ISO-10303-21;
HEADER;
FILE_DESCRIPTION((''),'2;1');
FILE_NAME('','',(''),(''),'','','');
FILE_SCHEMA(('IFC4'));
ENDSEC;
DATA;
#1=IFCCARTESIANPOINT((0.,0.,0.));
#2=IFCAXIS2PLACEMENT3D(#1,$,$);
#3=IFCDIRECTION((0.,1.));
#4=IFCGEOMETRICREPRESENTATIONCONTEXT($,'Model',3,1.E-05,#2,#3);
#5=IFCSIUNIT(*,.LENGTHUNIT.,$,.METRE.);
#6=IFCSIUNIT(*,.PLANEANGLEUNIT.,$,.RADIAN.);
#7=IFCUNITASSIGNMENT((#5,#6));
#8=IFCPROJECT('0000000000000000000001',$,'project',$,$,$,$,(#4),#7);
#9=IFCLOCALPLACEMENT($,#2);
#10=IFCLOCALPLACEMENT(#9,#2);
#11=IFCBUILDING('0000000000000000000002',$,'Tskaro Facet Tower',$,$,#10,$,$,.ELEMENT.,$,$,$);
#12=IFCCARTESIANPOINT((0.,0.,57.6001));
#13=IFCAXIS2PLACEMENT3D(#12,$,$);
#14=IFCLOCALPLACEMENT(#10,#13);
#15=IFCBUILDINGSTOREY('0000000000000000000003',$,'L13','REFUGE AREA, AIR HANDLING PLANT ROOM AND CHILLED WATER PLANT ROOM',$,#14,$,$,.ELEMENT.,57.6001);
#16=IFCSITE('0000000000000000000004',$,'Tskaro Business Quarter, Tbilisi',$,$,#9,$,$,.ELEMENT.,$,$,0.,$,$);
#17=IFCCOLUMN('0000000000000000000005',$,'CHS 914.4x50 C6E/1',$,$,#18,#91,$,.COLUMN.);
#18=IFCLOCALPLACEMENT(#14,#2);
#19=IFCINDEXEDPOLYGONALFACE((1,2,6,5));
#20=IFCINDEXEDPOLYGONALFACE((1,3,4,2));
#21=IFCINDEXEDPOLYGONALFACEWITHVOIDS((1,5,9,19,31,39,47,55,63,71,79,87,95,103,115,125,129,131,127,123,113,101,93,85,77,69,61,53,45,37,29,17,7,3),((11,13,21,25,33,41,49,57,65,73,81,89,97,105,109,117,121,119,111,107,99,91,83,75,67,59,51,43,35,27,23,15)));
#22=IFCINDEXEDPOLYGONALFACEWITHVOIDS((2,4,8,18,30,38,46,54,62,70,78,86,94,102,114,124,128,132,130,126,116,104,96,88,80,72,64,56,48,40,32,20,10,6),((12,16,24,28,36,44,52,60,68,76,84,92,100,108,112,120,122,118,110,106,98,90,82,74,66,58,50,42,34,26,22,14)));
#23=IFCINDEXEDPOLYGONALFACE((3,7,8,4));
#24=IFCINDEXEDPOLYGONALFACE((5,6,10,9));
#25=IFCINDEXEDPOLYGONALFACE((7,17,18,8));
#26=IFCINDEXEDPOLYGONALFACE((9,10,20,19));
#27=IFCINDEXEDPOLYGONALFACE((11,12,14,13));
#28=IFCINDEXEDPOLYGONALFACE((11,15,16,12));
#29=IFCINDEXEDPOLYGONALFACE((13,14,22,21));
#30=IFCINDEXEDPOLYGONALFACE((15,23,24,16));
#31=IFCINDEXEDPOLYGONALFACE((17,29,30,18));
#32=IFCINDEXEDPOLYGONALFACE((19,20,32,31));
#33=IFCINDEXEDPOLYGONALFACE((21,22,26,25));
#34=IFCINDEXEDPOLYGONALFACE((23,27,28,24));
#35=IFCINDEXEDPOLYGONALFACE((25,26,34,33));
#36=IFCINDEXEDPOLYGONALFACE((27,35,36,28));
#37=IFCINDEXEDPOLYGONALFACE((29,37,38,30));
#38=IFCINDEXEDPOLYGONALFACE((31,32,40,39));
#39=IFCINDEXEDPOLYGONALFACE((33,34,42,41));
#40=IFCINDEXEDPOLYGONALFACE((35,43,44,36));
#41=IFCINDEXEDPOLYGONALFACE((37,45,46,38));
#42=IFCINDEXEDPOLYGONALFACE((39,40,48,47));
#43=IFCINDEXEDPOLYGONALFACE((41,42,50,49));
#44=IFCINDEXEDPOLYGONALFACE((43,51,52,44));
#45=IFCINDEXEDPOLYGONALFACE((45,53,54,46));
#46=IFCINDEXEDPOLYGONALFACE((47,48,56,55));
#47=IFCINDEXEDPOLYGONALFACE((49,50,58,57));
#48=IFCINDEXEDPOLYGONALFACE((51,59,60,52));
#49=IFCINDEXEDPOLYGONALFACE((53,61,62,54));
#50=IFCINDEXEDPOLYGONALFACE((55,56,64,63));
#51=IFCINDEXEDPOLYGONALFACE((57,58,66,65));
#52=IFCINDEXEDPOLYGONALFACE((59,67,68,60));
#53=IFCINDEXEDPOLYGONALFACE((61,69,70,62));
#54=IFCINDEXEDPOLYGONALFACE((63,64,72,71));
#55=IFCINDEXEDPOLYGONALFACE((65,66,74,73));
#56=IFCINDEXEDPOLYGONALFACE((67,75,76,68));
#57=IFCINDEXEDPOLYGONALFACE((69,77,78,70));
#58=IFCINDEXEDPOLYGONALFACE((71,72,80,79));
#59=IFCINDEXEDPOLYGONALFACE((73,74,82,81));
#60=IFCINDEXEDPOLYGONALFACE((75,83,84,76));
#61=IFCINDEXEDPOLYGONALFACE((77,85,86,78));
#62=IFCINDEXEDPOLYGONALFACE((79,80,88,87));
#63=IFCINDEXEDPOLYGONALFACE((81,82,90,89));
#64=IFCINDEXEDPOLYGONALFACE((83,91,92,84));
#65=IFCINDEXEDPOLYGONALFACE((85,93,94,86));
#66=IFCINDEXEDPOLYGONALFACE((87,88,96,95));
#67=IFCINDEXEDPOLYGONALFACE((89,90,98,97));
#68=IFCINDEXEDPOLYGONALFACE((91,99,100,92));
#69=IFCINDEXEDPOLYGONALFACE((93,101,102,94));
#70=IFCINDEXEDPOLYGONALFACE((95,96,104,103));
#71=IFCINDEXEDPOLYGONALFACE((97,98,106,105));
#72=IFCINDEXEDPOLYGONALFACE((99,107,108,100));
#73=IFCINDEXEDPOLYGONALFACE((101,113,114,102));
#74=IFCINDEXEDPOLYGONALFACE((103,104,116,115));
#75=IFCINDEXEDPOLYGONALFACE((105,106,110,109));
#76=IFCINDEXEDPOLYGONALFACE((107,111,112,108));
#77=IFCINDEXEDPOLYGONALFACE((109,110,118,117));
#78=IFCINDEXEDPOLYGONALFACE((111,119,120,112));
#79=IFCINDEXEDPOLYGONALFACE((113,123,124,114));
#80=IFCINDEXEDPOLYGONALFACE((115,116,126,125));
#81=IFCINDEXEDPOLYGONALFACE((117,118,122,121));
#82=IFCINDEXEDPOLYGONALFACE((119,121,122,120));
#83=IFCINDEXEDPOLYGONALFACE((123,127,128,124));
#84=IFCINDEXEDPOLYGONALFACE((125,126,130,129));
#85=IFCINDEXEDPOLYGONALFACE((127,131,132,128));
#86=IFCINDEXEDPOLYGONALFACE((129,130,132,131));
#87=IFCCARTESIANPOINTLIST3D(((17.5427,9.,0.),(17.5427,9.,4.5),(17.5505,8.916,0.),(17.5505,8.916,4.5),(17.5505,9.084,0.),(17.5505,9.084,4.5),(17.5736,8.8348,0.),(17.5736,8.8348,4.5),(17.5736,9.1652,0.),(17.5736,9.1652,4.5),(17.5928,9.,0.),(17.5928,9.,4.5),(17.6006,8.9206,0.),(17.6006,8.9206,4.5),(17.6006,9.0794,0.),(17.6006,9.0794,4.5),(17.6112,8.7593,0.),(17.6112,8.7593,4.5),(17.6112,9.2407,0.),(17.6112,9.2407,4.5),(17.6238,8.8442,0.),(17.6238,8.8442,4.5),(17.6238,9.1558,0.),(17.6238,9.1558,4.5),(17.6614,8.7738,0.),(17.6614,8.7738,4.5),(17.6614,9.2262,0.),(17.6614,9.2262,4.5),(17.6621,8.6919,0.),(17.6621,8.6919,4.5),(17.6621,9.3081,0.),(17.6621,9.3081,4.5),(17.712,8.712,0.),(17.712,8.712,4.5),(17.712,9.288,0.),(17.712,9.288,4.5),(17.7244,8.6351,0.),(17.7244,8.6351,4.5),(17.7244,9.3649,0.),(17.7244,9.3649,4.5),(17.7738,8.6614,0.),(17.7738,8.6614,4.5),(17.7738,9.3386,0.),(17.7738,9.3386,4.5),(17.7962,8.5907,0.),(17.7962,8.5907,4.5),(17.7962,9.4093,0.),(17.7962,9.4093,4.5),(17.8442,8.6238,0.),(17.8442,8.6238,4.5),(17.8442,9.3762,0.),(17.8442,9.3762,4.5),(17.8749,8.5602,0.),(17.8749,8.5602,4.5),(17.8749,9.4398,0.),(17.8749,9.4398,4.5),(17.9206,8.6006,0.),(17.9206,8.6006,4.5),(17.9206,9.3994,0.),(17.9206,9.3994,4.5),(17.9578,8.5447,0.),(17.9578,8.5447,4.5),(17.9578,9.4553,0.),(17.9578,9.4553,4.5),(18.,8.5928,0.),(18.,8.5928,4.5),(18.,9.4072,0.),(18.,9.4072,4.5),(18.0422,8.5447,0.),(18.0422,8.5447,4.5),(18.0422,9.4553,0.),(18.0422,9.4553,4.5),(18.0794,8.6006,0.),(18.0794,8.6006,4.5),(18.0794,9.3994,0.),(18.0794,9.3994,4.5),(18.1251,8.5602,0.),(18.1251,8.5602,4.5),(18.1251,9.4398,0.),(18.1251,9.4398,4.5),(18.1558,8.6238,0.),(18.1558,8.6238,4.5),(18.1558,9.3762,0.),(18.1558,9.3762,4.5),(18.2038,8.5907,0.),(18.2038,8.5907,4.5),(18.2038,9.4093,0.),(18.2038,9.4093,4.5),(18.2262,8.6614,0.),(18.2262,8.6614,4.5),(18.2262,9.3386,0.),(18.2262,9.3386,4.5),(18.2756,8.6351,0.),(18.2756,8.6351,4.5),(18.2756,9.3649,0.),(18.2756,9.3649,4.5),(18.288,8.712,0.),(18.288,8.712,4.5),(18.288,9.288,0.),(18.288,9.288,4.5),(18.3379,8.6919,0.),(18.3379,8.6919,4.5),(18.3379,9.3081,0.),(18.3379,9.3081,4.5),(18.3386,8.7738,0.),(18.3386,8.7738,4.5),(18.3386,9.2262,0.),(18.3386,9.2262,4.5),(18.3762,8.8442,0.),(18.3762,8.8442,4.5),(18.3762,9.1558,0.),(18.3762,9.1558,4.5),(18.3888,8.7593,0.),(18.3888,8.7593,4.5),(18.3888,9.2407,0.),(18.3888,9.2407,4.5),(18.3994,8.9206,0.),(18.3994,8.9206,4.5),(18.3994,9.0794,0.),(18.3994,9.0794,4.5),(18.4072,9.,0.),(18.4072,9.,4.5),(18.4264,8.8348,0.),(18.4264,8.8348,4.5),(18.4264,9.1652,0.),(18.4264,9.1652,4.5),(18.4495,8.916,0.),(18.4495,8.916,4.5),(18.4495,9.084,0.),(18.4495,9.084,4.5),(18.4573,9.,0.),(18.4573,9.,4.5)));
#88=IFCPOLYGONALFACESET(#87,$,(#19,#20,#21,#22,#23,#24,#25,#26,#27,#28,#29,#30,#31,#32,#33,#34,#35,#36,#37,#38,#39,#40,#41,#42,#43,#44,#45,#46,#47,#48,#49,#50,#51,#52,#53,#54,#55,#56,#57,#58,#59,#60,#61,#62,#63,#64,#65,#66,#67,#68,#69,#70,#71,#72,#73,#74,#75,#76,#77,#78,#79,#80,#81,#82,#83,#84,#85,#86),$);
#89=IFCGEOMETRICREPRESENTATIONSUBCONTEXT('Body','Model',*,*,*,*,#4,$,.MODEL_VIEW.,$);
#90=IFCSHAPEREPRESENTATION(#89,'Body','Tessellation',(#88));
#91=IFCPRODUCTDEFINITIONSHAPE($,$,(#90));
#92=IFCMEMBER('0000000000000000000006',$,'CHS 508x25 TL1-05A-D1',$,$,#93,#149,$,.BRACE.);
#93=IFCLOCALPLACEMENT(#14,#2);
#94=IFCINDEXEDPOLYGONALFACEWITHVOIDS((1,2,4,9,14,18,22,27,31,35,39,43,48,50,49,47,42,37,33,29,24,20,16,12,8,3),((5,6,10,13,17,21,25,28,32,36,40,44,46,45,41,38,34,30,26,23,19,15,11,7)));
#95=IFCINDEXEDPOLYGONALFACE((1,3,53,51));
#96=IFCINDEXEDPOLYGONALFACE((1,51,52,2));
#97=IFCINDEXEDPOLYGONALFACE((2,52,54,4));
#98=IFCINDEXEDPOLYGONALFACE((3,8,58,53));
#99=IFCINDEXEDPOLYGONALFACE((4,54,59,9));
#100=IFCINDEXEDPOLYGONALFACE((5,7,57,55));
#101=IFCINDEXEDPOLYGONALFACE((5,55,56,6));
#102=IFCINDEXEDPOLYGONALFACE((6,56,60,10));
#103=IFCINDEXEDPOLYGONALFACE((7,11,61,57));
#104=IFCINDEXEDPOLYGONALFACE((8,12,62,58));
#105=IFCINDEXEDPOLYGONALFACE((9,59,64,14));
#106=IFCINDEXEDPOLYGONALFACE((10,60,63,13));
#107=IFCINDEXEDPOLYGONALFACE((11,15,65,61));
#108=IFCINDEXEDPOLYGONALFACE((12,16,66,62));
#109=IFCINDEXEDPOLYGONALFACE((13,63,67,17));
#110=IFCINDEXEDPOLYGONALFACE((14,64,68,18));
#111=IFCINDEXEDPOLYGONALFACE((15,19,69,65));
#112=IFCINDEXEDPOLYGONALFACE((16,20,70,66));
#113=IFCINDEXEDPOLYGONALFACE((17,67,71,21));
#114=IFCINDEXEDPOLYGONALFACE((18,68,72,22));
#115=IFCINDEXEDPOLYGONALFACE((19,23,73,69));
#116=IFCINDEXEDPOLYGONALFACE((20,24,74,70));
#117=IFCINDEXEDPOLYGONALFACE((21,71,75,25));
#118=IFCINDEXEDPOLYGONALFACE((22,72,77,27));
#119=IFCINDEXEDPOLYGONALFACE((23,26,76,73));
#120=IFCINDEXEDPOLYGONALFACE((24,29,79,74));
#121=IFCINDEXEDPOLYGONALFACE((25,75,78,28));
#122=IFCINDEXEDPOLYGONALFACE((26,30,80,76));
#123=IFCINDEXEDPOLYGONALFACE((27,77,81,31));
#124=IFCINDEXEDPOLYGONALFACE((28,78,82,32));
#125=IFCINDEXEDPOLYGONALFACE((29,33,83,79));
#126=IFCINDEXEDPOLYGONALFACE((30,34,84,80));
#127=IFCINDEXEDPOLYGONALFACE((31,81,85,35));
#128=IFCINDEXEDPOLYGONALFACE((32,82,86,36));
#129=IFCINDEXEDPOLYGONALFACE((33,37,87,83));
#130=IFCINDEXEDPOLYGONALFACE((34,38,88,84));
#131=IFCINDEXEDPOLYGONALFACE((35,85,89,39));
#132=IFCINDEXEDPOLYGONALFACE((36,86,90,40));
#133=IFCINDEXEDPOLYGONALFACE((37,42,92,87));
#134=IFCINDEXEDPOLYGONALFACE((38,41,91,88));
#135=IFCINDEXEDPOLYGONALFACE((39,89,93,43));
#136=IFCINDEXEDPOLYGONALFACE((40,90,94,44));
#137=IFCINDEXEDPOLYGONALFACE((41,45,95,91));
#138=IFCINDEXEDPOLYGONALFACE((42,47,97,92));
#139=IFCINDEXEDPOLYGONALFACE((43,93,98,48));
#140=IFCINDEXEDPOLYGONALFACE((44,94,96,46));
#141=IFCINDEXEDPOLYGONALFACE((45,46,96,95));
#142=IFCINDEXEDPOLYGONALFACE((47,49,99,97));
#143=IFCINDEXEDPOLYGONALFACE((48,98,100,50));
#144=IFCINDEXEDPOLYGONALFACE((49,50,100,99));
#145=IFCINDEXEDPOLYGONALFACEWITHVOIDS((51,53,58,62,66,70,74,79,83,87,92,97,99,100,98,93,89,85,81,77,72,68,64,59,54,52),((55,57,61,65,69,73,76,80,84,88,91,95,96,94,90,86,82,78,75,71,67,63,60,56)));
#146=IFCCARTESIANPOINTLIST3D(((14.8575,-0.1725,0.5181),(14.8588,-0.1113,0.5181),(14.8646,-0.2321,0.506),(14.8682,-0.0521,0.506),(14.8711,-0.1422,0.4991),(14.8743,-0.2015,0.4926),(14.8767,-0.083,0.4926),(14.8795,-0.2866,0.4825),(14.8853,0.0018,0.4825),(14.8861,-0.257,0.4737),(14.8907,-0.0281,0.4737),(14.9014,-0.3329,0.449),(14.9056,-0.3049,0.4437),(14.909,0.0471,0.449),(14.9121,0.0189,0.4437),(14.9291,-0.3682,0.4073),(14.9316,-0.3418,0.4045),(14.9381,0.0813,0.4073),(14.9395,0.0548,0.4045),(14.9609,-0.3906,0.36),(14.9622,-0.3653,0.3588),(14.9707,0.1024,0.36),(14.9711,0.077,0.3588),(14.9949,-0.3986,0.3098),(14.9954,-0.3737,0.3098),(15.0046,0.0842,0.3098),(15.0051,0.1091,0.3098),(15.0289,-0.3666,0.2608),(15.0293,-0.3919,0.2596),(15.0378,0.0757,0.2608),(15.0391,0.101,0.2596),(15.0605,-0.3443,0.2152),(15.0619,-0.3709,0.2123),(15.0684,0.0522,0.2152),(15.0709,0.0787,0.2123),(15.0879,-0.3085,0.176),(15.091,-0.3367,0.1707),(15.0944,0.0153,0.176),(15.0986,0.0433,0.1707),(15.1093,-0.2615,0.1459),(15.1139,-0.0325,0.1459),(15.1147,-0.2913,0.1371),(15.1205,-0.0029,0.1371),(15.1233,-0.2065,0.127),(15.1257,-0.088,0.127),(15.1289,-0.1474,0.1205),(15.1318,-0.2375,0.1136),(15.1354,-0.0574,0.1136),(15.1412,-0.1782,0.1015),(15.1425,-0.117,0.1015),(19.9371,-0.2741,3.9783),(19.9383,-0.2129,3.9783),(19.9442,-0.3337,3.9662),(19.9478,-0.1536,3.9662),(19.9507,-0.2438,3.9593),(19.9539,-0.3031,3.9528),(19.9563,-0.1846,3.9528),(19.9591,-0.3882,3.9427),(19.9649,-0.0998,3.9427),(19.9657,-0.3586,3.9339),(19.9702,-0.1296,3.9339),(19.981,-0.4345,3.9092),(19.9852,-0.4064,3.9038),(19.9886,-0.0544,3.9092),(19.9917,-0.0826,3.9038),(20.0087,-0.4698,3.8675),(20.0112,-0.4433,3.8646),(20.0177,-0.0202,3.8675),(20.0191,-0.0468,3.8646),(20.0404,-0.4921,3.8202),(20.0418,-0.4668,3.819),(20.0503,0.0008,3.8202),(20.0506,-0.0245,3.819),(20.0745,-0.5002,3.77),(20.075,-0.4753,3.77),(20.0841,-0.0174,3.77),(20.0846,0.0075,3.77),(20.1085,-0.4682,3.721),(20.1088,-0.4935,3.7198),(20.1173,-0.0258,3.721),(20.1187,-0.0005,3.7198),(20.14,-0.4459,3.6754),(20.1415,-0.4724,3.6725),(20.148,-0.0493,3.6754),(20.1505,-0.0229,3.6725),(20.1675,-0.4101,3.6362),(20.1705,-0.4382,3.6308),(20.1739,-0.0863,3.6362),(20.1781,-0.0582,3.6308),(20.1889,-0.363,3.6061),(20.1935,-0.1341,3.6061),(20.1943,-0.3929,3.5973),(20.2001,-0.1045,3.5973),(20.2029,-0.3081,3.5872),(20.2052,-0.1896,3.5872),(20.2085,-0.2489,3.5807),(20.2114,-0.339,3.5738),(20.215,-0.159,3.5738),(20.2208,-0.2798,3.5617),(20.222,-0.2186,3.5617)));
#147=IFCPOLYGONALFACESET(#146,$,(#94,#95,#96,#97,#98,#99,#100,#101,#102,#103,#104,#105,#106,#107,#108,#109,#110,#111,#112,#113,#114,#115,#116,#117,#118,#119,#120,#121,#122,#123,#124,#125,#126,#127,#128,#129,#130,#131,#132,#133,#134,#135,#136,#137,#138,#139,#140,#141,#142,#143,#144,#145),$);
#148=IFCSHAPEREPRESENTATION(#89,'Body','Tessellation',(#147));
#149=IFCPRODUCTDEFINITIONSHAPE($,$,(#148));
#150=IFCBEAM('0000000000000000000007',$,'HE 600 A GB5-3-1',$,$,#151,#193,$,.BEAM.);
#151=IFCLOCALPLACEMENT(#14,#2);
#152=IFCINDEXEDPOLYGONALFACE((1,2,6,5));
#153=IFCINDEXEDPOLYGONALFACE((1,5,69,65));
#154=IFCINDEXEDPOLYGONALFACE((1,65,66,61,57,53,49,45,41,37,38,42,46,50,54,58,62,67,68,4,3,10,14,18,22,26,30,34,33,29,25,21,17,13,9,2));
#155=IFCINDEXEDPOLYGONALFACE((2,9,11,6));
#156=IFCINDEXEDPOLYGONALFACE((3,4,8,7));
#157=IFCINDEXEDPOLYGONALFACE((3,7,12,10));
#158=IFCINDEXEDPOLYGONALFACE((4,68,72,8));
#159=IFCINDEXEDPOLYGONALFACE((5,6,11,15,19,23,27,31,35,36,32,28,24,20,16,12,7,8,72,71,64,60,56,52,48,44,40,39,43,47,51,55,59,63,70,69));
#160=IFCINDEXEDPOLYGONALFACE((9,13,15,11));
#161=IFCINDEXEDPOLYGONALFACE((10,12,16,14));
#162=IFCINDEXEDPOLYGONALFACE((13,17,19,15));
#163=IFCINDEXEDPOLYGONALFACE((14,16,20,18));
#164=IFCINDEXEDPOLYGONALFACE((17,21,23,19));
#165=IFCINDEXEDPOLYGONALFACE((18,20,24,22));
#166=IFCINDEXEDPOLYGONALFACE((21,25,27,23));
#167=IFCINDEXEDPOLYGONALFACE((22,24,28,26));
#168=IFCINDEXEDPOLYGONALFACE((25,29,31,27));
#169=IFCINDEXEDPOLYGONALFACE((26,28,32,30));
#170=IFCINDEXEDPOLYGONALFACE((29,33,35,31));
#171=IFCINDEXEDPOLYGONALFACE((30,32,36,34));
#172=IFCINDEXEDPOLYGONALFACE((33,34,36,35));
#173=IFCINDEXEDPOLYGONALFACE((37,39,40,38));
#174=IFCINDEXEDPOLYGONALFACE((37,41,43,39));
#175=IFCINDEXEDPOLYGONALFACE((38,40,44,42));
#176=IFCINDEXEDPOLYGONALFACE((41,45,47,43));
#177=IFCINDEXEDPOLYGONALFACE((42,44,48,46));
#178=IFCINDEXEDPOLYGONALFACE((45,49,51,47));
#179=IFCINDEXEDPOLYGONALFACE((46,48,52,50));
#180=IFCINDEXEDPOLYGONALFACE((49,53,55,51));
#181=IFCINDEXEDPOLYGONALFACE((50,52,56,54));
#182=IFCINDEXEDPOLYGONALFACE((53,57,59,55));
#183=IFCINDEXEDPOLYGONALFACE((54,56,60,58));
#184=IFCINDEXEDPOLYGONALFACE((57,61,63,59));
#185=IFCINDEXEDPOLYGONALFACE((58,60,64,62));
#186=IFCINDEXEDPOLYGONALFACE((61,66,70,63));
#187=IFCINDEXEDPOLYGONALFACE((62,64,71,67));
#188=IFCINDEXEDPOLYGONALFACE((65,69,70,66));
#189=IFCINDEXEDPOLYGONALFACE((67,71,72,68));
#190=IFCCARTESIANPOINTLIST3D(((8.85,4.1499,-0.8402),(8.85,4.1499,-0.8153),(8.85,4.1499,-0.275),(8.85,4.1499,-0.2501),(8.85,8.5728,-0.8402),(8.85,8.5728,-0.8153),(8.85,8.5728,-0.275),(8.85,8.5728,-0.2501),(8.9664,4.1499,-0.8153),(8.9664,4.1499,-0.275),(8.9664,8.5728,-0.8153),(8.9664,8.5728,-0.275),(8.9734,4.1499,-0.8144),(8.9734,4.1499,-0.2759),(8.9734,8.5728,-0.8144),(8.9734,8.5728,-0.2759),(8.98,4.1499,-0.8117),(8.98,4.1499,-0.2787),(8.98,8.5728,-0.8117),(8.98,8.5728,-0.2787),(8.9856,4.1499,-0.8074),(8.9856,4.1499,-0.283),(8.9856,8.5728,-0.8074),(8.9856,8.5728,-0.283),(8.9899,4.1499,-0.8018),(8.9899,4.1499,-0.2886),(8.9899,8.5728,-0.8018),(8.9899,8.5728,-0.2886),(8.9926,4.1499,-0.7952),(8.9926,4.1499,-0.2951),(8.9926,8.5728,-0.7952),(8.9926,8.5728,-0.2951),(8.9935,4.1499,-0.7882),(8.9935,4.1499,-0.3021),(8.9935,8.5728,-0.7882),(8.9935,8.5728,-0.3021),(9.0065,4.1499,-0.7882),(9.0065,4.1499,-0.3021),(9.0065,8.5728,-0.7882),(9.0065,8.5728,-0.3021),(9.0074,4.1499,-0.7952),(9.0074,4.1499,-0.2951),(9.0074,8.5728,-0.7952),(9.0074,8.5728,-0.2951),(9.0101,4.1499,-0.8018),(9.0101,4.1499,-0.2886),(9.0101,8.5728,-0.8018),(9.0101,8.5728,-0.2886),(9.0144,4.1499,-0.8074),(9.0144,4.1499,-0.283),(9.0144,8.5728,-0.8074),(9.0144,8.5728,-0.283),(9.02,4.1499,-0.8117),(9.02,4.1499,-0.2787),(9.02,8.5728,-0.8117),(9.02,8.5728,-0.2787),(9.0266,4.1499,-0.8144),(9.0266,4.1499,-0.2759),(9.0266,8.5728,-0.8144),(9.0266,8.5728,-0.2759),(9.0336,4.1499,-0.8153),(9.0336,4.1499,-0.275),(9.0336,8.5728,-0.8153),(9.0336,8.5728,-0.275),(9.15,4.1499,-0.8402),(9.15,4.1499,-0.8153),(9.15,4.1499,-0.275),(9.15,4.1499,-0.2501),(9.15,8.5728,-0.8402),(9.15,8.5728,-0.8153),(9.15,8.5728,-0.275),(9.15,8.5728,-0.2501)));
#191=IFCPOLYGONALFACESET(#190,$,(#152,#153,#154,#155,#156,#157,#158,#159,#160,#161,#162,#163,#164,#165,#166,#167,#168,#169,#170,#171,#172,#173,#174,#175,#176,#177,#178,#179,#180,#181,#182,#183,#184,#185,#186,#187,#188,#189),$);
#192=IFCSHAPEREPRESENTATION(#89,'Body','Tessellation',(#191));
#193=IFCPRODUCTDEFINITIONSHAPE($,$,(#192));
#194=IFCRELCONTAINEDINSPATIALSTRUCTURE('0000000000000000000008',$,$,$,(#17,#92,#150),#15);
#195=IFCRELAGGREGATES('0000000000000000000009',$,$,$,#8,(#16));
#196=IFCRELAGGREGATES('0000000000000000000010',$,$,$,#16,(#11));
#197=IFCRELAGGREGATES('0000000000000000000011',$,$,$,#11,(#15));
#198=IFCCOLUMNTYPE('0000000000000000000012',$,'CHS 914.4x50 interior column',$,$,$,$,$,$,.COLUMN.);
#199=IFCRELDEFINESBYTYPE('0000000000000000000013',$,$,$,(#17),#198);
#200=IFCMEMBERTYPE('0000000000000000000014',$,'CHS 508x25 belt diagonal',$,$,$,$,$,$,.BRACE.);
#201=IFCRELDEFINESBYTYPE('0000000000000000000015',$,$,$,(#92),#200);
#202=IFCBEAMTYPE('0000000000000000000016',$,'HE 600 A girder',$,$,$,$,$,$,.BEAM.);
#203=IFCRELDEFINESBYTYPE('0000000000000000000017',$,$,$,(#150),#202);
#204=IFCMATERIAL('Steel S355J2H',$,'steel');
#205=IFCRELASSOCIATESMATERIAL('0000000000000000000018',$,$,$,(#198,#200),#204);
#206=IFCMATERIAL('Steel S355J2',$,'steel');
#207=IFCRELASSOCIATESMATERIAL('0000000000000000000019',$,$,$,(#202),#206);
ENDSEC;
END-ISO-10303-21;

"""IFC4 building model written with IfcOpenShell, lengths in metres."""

from ifc_helpers import new_model, si_unit, direction, frame, origin, origin_2d, place, context, subcontext, project, spatial, hollow_circle, i_section, extrude, material, material_profile, profile_set, type_object, element, save


model = new_model("IFC4")

# Units and contexts
model_context = context("Model", 3, precision=1e-05, world=origin(), true_north=direction((0.0, 1.0)))
body_context = subcontext(model_context, "Body", "Model", "MODEL_VIEW")
ifc_project = project(units=[si_unit("LENGTHUNIT", "METRE"), si_unit("PLANEANGLEUNIT", "RADIAN")], contexts=[model_context])

# Site, building, storey
site_placement = place(None, origin())
site = spatial("IfcSite", under=ifc_project, at=site_placement, Name="Tskaro Business Quarter, Tbilisi", CompositionType="ELEMENT", RefElevation=0.0)
building_placement = place(site_placement, origin())
building = spatial("IfcBuilding", under=site, at=building_placement, Name="Tskaro Facet Tower", CompositionType="ELEMENT")
storey_placement = place(building_placement, frame((0.0, 0.0, 57.6001)))
storey = spatial("IfcBuildingStorey", under=building, at=storey_placement, Name="L13", Description="REFUGE AREA, AIR HANDLING PLANT ROOM AND CHILLED WATER PLANT ROOM", CompositionType="ELEMENT", Elevation=57.6001)

# Column
ifc_material_1 = material(Name="Steel S355J2H", Category="steel")
ifc_material_profile_1 = material_profile(ifc_material_1, hollow_circle(Radius=0.4573, WallThickness=0.05, at=origin_2d()), Name="CHS 914.4x50")
ifc_profile_set_1 = profile_set([ifc_material_profile_1], Name="Steel S355J2H")
column_type = type_object("IfcColumnType", Name="CHS 914.4x50 interior column", PredefinedType="COLUMN", material=ifc_profile_set_1)
for number, where, z_axis, x_axis, name in (
    (1, (18.0, 9.0, 0.0), (0.0, 0.0, 1.0), (1.0, 0.0, 0.0), "CHS 914.4x50 C6E/1"),
):
    element("IfcColumn", number, at=place(storey_placement, frame(where, z_axis=z_axis, x_axis=x_axis)), inside=storey, type_object=column_type, Name=name, PredefinedType="COLUMN", context=body_context, shape_type="SweptSolid", body=[
        extrude(hollow_circle(Radius=0.4573, WallThickness=0.05, at=origin_2d()), origin(), (0.0, 0.0, 1.0), 4.5),
    ])

# Member
ifc_material_profile_2 = material_profile(ifc_material_1, hollow_circle(Radius=0.2539, WallThickness=0.0249, at=origin_2d()), Name="CHS 508x25")
ifc_profile_set_2 = profile_set([ifc_material_profile_2], Name="Steel S355J2H")
member_type = type_object("IfcMemberType", Name="CHS 508x25 belt diagonal", PredefinedType="BRACE", material=ifc_profile_set_2)
member_placement = place(storey_placement, frame((15.0, -0.1448, 0.3098), z_axis=(0.826353, -0.016522, 0.56291), x_axis=(0.01999, 0.9998, 0.0)))
element("IfcMember", 2, at=member_placement, inside=storey, type_object=member_type, Name="CHS 508x25 TL1-05A-D1", PredefinedType="BRACE", context=body_context, shape_type="SweptSolid", body=[
    extrude(hollow_circle(Radius=0.2539, WallThickness=0.0249, at=origin_2d()), origin(), (0.0, 0.0, 1.0), 6.147),
])

# Beam
ifc_material_2 = material(Name="Steel S355J2", Category="steel")
ifc_material_profile_3 = material_profile(ifc_material_2, i_section(OverallWidth=0.3, OverallDepth=0.5901, WebThickness=0.0129, FlangeThickness=0.0249, FilletRadius=0.0271, at=origin_2d()), Name="HE 600 A")
ifc_profile_set_3 = profile_set([ifc_material_profile_3], Name="Steel S355J2")
beam_type_1 = type_object("IfcBeamType", Name="HE 600 A girder", PredefinedType="BEAM", material=ifc_profile_set_3)
beam_1_placement = place(storey_placement, frame((9.0, 4.1499, -0.5452), z_axis=(0.0, 1.0, 0.0), x_axis=(-1.0, 0.0, 0.0)))
element("IfcBeam", 3, at=beam_1_placement, inside=storey, type_object=beam_type_1, Name="HE 600 A GB5-3-1", PredefinedType="BEAM", context=body_context, shape_type="SweptSolid", body=[
    extrude(i_section(OverallWidth=0.3, OverallDepth=0.5901, WebThickness=0.0129, FlangeThickness=0.0249, FilletRadius=0.0271, at=origin_2d()), origin(), (0.0, 0.0, 1.0), 4.4229),
])

save(model, "model.ifc")
